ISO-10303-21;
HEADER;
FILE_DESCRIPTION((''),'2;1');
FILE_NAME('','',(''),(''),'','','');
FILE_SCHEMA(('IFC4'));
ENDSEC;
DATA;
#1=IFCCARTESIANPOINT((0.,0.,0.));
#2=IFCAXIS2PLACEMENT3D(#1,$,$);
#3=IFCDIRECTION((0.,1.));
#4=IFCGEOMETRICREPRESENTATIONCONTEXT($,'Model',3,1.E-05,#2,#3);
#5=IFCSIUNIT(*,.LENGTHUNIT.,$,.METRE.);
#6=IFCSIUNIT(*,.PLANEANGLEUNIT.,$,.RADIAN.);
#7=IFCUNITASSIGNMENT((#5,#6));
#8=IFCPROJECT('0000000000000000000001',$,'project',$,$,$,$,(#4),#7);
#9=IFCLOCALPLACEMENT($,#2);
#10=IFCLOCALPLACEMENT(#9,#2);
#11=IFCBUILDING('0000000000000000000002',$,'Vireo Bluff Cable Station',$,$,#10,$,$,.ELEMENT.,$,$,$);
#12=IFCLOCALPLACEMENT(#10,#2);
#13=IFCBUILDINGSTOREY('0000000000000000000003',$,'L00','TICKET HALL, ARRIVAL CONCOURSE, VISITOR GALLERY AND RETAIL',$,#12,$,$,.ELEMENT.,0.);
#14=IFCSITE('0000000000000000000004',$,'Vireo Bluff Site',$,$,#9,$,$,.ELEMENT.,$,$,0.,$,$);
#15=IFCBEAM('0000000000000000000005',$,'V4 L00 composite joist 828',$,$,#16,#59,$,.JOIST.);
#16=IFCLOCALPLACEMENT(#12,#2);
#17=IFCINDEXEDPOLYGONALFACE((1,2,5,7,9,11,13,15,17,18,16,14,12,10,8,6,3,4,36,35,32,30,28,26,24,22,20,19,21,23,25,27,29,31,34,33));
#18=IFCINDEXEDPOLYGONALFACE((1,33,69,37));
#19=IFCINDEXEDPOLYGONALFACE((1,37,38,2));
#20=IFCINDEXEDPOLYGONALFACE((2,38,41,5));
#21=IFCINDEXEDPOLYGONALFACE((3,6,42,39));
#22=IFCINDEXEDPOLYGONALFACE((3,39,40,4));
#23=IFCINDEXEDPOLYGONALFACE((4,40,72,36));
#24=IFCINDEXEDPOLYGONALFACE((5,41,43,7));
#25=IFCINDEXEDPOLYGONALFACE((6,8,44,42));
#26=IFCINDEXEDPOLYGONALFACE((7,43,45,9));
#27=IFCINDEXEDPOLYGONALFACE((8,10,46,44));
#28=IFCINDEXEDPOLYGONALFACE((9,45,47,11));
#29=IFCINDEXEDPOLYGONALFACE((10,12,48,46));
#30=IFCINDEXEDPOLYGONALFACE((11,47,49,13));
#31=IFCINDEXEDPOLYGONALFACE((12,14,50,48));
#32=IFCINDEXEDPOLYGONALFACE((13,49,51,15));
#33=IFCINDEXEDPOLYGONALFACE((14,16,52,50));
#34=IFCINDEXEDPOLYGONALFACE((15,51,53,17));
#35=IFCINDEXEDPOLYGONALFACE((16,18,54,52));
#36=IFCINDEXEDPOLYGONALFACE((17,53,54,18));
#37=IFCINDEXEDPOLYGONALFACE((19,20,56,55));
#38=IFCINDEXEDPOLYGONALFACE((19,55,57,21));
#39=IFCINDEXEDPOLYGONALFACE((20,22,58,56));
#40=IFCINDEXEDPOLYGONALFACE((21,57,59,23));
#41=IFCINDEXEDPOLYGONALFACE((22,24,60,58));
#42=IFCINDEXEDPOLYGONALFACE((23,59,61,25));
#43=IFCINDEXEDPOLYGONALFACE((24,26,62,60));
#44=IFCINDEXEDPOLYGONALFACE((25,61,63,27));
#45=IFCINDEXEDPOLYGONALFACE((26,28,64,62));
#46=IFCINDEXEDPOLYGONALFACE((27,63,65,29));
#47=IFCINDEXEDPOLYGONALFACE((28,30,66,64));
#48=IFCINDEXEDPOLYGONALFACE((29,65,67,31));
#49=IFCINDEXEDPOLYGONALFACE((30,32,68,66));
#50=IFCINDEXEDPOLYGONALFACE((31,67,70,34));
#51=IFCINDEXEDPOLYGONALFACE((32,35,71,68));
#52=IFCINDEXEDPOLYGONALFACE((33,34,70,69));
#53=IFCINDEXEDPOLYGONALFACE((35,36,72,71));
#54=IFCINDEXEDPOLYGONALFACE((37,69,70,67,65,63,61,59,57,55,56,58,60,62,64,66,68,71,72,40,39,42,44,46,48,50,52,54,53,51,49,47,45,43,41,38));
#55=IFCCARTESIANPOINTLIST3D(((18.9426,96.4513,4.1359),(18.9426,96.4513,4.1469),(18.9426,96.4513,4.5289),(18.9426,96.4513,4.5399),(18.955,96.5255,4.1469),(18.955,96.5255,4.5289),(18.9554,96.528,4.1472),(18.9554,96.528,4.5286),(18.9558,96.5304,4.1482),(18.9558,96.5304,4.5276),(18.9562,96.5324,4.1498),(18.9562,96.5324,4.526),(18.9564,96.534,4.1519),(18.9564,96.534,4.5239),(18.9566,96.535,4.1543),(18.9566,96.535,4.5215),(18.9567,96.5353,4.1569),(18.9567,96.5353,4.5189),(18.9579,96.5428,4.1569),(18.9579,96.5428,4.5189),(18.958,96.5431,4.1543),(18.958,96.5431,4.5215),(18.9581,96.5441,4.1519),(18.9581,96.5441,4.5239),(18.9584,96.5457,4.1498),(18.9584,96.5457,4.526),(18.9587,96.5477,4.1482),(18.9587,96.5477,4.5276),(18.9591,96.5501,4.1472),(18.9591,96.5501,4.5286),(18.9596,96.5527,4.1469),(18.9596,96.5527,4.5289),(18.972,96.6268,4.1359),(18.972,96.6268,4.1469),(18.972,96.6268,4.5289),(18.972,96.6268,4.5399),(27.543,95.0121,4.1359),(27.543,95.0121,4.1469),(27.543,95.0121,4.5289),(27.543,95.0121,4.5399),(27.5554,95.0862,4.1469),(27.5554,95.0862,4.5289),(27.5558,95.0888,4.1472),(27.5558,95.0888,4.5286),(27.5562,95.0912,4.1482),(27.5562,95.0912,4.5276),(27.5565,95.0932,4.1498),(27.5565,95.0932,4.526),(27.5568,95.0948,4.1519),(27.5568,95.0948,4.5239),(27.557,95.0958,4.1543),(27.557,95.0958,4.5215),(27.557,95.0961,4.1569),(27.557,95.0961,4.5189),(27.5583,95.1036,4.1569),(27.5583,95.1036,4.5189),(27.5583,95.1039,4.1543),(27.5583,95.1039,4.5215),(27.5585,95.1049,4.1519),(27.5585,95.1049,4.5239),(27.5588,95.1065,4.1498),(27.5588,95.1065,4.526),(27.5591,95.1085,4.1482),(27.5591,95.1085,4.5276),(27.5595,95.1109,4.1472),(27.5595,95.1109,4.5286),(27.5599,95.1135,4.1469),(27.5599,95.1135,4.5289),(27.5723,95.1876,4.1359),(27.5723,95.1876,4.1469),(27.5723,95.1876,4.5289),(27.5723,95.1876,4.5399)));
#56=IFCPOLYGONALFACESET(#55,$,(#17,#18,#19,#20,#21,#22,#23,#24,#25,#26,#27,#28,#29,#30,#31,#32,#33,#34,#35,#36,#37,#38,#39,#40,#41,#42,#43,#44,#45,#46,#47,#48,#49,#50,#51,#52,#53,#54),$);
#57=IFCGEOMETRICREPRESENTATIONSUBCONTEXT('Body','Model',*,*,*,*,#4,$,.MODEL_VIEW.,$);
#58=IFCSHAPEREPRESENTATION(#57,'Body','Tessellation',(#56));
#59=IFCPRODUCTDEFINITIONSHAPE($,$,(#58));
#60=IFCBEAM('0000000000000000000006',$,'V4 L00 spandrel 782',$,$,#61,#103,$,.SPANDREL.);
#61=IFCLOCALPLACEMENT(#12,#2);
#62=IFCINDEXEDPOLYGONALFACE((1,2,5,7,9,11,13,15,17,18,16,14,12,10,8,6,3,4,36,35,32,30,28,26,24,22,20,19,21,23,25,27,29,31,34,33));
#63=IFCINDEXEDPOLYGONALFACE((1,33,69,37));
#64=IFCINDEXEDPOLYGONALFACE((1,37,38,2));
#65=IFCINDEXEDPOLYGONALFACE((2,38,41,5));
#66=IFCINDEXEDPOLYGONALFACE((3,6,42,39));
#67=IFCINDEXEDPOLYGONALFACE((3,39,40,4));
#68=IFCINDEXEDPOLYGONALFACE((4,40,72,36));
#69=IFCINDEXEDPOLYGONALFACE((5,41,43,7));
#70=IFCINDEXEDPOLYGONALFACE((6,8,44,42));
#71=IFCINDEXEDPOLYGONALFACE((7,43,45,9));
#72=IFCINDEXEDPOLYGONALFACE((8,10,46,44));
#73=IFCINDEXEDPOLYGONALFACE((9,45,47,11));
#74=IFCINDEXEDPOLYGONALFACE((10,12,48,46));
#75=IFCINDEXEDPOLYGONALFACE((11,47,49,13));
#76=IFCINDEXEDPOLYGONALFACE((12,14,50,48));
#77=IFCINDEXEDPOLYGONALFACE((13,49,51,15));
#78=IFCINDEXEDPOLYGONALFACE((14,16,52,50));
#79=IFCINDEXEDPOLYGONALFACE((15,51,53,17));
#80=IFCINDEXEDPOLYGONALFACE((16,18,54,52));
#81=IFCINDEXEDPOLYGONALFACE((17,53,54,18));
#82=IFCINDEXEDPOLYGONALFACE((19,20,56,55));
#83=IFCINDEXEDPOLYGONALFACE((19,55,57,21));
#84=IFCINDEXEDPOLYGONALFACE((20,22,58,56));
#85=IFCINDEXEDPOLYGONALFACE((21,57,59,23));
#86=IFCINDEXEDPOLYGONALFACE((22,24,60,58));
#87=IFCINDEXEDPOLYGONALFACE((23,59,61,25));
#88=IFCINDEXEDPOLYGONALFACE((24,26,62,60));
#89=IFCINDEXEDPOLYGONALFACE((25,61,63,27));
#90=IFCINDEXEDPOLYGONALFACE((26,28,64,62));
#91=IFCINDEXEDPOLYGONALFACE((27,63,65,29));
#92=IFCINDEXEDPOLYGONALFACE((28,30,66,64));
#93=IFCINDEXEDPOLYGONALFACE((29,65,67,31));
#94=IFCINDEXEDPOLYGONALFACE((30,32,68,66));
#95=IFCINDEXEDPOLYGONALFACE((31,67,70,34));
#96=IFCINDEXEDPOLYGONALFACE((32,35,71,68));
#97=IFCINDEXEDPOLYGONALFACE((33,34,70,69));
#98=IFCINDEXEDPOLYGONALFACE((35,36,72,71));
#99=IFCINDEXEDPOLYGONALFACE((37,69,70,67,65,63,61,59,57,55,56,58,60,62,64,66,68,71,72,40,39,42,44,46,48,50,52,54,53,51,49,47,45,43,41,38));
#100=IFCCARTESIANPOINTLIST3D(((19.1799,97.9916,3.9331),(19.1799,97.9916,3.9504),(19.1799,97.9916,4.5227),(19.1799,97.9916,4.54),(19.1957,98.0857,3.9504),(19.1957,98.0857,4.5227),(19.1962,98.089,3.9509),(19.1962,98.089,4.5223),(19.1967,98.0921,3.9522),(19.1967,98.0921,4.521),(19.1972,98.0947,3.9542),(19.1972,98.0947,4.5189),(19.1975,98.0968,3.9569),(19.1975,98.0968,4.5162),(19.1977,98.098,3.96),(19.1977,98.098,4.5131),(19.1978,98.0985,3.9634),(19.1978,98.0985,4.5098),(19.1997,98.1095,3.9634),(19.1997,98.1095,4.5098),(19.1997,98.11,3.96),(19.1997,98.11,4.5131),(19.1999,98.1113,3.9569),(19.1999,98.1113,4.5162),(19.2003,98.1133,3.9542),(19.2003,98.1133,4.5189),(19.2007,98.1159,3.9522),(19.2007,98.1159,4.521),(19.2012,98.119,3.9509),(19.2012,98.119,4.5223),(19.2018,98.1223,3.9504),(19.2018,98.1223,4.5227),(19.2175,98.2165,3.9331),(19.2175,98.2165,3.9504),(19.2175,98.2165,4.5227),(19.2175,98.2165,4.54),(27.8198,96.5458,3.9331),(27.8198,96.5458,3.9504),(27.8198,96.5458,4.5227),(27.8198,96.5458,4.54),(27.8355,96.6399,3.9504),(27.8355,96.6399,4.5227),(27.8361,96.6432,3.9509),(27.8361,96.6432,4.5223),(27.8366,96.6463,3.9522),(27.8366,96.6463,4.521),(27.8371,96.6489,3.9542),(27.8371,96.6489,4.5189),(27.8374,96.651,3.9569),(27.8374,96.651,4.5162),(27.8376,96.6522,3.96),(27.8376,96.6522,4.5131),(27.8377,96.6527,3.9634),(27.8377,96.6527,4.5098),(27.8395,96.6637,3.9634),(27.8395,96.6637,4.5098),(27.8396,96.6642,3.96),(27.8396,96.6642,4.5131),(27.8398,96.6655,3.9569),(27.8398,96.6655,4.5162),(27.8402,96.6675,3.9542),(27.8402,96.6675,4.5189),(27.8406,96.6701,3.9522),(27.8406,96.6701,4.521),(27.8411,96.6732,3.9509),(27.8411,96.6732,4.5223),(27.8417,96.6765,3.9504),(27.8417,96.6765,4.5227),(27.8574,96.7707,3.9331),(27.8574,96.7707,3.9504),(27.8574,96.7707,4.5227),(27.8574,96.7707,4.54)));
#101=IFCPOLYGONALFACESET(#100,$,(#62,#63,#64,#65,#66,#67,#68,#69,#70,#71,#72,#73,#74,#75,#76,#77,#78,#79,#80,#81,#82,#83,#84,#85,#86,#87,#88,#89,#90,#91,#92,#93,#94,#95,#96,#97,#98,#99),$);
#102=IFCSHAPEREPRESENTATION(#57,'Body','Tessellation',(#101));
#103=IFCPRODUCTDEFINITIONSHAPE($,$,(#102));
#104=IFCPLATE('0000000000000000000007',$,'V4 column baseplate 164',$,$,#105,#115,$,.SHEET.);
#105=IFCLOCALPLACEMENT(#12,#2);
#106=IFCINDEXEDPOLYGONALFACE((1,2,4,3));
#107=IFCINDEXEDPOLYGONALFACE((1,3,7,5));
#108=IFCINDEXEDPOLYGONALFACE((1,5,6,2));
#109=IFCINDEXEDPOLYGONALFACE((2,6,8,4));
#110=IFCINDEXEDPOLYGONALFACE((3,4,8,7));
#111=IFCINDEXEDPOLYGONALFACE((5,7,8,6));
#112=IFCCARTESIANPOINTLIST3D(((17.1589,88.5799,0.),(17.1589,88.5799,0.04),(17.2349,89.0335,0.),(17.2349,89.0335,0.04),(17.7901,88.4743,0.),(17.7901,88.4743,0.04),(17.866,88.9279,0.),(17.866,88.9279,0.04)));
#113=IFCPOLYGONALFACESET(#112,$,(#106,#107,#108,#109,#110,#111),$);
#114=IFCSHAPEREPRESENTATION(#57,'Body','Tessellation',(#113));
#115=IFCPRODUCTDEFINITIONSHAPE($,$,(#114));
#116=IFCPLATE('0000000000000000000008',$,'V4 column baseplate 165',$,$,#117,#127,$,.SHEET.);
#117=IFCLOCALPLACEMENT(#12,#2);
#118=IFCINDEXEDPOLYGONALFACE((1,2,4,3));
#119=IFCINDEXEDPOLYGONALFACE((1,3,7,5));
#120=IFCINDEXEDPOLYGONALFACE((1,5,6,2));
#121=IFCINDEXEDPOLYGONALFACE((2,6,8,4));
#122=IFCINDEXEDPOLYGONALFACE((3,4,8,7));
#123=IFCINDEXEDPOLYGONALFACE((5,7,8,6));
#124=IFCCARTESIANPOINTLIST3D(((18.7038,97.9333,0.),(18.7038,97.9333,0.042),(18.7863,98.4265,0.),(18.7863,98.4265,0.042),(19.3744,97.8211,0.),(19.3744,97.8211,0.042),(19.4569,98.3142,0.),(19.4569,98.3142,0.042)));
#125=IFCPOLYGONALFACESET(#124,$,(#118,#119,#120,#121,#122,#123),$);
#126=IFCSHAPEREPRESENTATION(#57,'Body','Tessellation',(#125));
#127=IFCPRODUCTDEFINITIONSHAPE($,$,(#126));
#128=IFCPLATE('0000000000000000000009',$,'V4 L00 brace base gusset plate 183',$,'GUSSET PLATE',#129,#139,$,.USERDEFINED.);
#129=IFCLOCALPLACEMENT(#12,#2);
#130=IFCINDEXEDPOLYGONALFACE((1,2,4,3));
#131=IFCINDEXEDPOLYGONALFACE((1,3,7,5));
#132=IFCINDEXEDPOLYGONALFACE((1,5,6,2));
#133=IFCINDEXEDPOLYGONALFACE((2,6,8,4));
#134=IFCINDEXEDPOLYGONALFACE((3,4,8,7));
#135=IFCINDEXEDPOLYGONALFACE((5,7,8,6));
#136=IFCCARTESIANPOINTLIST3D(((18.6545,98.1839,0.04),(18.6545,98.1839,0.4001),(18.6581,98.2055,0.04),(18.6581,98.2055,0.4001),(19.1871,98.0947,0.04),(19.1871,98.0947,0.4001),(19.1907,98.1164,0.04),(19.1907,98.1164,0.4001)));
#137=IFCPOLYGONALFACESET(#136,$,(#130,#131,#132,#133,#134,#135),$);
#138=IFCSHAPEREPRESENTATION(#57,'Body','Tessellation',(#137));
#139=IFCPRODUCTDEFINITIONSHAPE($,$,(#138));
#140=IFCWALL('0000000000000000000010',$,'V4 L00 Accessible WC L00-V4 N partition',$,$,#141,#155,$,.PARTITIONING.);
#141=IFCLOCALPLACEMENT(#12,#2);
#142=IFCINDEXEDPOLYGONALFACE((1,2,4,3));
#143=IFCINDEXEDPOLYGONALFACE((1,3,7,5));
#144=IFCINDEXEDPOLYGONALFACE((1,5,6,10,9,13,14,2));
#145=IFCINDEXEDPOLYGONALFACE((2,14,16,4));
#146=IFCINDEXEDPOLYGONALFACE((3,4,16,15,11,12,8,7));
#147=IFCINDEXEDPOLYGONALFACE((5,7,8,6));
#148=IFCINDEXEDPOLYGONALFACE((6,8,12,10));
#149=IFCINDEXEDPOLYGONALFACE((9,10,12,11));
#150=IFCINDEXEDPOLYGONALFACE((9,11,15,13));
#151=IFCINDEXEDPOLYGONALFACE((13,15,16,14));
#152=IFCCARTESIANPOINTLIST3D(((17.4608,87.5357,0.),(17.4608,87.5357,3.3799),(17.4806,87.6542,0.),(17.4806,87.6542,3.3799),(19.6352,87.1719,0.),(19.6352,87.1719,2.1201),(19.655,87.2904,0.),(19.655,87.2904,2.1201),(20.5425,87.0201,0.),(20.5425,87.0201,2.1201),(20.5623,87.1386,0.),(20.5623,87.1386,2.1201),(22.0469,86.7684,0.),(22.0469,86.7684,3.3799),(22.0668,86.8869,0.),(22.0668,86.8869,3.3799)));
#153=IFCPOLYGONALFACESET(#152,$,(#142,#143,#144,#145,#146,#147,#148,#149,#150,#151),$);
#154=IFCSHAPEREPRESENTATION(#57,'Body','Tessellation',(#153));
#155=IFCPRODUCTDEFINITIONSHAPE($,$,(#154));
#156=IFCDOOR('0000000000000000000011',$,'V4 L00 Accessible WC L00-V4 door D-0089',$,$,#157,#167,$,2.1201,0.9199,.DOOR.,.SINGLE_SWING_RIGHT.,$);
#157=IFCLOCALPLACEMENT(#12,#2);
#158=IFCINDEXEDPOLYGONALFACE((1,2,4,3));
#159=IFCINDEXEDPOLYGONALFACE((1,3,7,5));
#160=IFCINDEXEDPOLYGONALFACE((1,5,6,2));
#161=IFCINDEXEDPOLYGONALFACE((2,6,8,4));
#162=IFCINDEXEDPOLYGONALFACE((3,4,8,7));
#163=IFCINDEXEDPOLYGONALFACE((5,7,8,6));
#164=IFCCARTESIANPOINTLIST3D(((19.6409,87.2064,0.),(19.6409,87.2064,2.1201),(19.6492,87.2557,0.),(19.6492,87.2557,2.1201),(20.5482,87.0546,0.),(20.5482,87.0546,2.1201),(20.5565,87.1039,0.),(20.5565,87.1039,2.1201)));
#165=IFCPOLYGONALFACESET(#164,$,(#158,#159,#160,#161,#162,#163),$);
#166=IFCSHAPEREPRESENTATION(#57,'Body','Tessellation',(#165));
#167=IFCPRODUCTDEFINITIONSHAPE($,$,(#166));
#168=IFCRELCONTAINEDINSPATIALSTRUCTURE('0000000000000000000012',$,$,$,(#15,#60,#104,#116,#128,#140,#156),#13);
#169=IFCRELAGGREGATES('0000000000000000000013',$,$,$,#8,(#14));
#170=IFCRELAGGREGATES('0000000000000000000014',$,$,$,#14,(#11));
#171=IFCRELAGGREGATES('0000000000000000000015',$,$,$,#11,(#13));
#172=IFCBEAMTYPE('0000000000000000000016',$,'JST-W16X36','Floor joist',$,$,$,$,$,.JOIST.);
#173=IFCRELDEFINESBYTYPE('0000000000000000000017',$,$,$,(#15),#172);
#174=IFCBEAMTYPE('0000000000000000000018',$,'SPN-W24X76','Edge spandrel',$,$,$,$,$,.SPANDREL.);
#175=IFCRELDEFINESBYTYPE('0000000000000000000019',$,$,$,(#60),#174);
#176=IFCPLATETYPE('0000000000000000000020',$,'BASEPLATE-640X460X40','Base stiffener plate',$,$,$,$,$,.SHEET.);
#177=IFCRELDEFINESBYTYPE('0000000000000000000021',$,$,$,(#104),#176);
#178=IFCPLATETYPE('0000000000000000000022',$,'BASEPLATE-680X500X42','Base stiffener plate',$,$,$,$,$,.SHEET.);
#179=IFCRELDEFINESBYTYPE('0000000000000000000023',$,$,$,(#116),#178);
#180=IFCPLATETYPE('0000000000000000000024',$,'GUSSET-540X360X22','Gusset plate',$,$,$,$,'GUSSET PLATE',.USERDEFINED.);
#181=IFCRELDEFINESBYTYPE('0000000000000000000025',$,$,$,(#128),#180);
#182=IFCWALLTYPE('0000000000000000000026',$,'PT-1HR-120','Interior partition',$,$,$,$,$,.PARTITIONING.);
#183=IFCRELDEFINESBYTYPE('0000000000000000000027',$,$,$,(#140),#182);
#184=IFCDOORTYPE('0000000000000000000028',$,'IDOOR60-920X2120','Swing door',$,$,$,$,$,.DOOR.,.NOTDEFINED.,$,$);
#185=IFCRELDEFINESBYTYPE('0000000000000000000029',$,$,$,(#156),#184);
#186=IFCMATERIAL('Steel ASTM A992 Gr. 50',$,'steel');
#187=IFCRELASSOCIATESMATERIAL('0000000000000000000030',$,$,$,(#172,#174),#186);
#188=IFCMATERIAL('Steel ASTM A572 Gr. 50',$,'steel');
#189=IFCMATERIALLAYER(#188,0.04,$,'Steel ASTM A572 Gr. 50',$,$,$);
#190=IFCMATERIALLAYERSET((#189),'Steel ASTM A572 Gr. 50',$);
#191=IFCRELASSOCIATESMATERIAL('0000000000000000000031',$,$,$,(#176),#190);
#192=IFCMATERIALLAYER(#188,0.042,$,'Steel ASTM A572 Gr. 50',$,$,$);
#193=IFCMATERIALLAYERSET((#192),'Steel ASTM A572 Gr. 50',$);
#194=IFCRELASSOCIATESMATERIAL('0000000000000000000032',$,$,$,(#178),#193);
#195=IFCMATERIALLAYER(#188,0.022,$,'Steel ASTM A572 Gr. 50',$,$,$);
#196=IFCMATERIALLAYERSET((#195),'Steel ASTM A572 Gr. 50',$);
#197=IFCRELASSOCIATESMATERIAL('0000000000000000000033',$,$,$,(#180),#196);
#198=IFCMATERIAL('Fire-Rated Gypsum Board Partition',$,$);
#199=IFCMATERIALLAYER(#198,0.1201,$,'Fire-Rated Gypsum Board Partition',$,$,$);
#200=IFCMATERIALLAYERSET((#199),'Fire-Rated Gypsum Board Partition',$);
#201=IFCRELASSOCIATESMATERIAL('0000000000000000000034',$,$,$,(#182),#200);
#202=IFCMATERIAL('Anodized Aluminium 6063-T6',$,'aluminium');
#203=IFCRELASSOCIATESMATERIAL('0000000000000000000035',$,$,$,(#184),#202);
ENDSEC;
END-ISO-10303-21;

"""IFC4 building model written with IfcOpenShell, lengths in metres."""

from ifc_helpers import new_model, si_unit, direction, frame, frame_2d, origin, origin_with_axes, origin_2d, place, context, subcontext, project, spatial, rectangle, i_section, extrude, material, layer, layer_set, material_profile, profile_set, type_object, element, fill, save


model = new_model("IFC4")

# Units and contexts
model_context = context("Model", 3, precision=1e-05, world=origin(), true_north=direction((0.0, 1.0)))
body_context = subcontext(model_context, "Body", "Model", "MODEL_VIEW")
ifc_project = project(units=[si_unit("LENGTHUNIT", "METRE"), si_unit("PLANEANGLEUNIT", "RADIAN")], contexts=[model_context])

# Site, building, storey
site_placement = place(None, origin())
site = spatial("IfcSite", under=ifc_project, at=site_placement, Name="Vireo Bluff Site", CompositionType="ELEMENT", RefElevation=0.0)
building_placement = place(site_placement, origin())
building = spatial("IfcBuilding", under=site, at=building_placement, Name="Vireo Bluff Cable Station", CompositionType="ELEMENT")
storey_placement = place(building_placement, origin())
storey = spatial("IfcBuildingStorey", under=building, at=storey_placement, Name="L00", Description="TICKET HALL, ARRIVAL CONCOURSE, VISITOR GALLERY AND RETAIL", CompositionType="ELEMENT", Elevation=0.0)

# Shared definitions
ifc_material_1 = material(Name="Steel ASTM A992 Gr. 50", Category="steel")

# Beams
ifc_material_profile_1 = material_profile(ifc_material_1, i_section(OverallWidth=0.178, OverallDepth=0.4041, WebThickness=0.0076, FlangeThickness=0.011, FilletRadius=0.01, at=origin_2d()), Name="W16X36")
ifc_profile_set_1 = profile_set([ifc_material_profile_1], Name="Steel ASTM A992 Gr. 50")
beam_type_1 = type_object("IfcBeamType", Name="JST-W16X36", Description="Floor joist", PredefinedType="JOIST", material=ifc_profile_set_1)
beam_1_placement = place(storey_placement, frame((18.9573, 96.5391, 4.3379), z_axis=(0.986286, -0.165048, 0.0), x_axis=(0.165048, 0.986286, 0.0)))
element("IfcBeam", 1, at=beam_1_placement, inside=storey, type_object=beam_type_1, Name="V4 L00 composite joist 828", PredefinedType="JOIST", context=body_context, shape_type="SweptSolid", body=[
    extrude(i_section(OverallWidth=0.178, OverallDepth=0.4041, WebThickness=0.0076, FlangeThickness=0.011, FilletRadius=0.01, at=origin_2d()), origin(), (0.0, 0.0, 1.0), 8.72),
])
ifc_material_profile_2 = material_profile(ifc_material_1, i_section(OverallWidth=0.228, OverallDepth=0.6069, WebThickness=0.0112, FlangeThickness=0.0173, FilletRadius=0.0129, at=origin_2d()), Name="W24X76")
ifc_profile_set_2 = profile_set([ifc_material_profile_2], Name="Steel ASTM A992 Gr. 50")
beam_type_2 = type_object("IfcBeamType", Name="SPN-W24X76", Description="Edge spandrel", PredefinedType="SPANDREL", material=ifc_profile_set_2)
beam_2_placement = place(storey_placement, frame((19.1987, 98.104, 4.2366), z_axis=(0.986286, -0.165045, 0.0), x_axis=(0.165045, 0.986286, 0.0)))
element("IfcBeam", 2, at=beam_2_placement, inside=storey, type_object=beam_type_2, Name="V4 L00 spandrel 782", PredefinedType="SPANDREL", context=body_context, shape_type="SweptSolid", body=[
    extrude(i_section(OverallWidth=0.228, OverallDepth=0.6069, WebThickness=0.0112, FlangeThickness=0.0173, FilletRadius=0.0129, at=origin_2d()), origin(), (0.0, 0.0, 1.0), 8.76),
])

# Plates
ifc_material_2 = material(Name="Steel ASTM A572 Gr. 50", Category="steel")
ifc_layer_1 = layer(ifc_material_2, 0.04, Name="Steel ASTM A572 Gr. 50")
ifc_layer_set_1 = layer_set([ifc_layer_1], Name="Steel ASTM A572 Gr. 50")
plate_type_1 = type_object("IfcPlateType", Name="BASEPLATE-640X460X40", Description="Base stiffener plate", PredefinedType="SHEET", material=ifc_layer_set_1)
plate_1_placement = place(storey_placement, frame((17.5125, 88.7539, 0.0), z_axis=(0.0, 0.0, 1.0), x_axis=(0.986286, -0.165048, 0.0)))
element("IfcPlate", 3, at=plate_1_placement, inside=storey, type_object=plate_type_1, Name="V4 column baseplate 164", PredefinedType="SHEET", context=body_context, shape_type="SweptSolid", body=[
    extrude(rectangle(XDim=0.6399, YDim=0.46, at=origin_2d()), origin(), (0.0, 0.0, 1.0), 0.04),
])
ifc_layer_2 = layer(ifc_material_2, 0.042, Name="Steel ASTM A572 Gr. 50")
ifc_layer_set_2 = layer_set([ifc_layer_2], Name="Steel ASTM A572 Gr. 50")
plate_type_2 = type_object("IfcPlateType", Name="BASEPLATE-680X500X42", Description="Base stiffener plate", PredefinedType="SHEET", material=ifc_layer_set_2)
plate_2_placement = place(storey_placement, frame((19.0803, 98.1238, 0.0), z_axis=(0.0, 0.0, 1.0), x_axis=(0.986286, -0.165048, 0.0)))
element("IfcPlate", 4, at=plate_2_placement, inside=storey, type_object=plate_type_2, Name="V4 column baseplate 165", PredefinedType="SHEET", context=body_context, shape_type="SweptSolid", body=[
    extrude(rectangle(XDim=0.6799, YDim=0.5, at=origin_2d()), origin(), (0.0, 0.0, 1.0), 0.042),
])
ifc_layer_3 = layer(ifc_material_2, 0.022, Name="Steel ASTM A572 Gr. 50")
ifc_layer_set_3 = layer_set([ifc_layer_3], Name="Steel ASTM A572 Gr. 50")
plate_type_3 = type_object("IfcPlateType", Name="GUSSET-540X360X22", Description="Gusset plate", ElementType="GUSSET PLATE", PredefinedType="USERDEFINED", material=ifc_layer_set_3)
plate_3_placement = place(storey_placement, frame((18.9226, 98.1501, 0.04), z_axis=(0.0, 0.0, 1.0), x_axis=(0.986286, -0.165048, 0.0)))
element("IfcPlate", 5, at=plate_3_placement, inside=storey, type_object=plate_type_3, Name="V4 L00 brace base gusset plate 183", ObjectType="GUSSET PLATE", PredefinedType="USERDEFINED", context=body_context, shape_type="SweptSolid", body=[
    extrude(rectangle(XDim=0.54, YDim=0.022, at=origin_2d()), origin(), (0.0, 0.0, 1.0), 0.3601),
])

# Wall, opening, door
ifc_material_3 = material(Name="Fire-Rated Gypsum Board Partition")
ifc_layer_4 = layer(ifc_material_3, 0.1201, Name="Fire-Rated Gypsum Board Partition")
ifc_layer_set_4 = layer_set([ifc_layer_4], Name="Fire-Rated Gypsum Board Partition")
wall_type_1 = type_object("IfcWallType", Name="PT-1HR-120", Description="Interior partition", PredefinedType="PARTITIONING", material=ifc_layer_set_4)
wall_1_placement = place(storey_placement, frame((17.4707, 87.595, 0.0), z_axis=(0.0, 0.0, 1.0), x_axis=(0.98629, -0.16502, 0.0)))
wall_1 = element("IfcWall", 6, at=wall_1_placement, inside=storey, type_object=wall_type_1, Name="V4 L00 Accessible WC L00-V4 N partition", PredefinedType="PARTITIONING", context=body_context, shape_type="SweptSolid", body=[
    extrude(rectangle(XDim=4.6499, YDim=0.1201, at=frame_2d((2.325, 0.0))), origin(), (0.0, 0.0, 1.0), 3.3799),
])
opening_1_placement = place(wall_1_placement, frame((2.2046, 0.0, 0.0)))
opening_1 = element("IfcOpeningElement", 7, at=opening_1_placement, cuts=wall_1, PredefinedType="OPENING", context=body_context, shape_type="SweptSolid", body=[
    extrude(rectangle(XDim=0.9199, YDim=2.1201, at=frame_2d((0.46, 1.0601))), frame((0.0, 0.0701, 0.0), z_axis=(0.0, -1.0, 0.0), x_axis=(1.0, 0.0, 0.0)), (0.0, 0.0, 1.0), 0.1401),
])
ifc_material_4 = material(Name="Anodized Aluminium 6063-T6", Category="aluminium")
door_type_1 = type_object("IfcDoorType", Name="IDOOR60-920X2120", Description="Swing door", OperationType="NOTDEFINED", PredefinedType="DOOR", material=ifc_material_4)
door_1_placement = place(opening_1_placement, origin_with_axes())
door_1 = element("IfcDoor", 8, at=door_1_placement, inside=storey, type_object=door_type_1, Name="V4 L00 Accessible WC L00-V4 door D-0089", OperationType="SINGLE_SWING_RIGHT", OverallHeight=2.1201, OverallWidth=0.9199, PredefinedType="DOOR", context=body_context, shape_type="SweptSolid", body=[
    extrude(rectangle(XDim=0.9199, YDim=2.1201, at=frame_2d((0.46, 1.0601))), frame((0.0, 0.0249, 0.0), z_axis=(0.0, -1.0, 0.0), x_axis=(1.0, 0.0, 0.0)), (0.0, 0.0, 1.0), 0.05),
])
fill(opening_1, door_1)

save(model, "model.ifc")
